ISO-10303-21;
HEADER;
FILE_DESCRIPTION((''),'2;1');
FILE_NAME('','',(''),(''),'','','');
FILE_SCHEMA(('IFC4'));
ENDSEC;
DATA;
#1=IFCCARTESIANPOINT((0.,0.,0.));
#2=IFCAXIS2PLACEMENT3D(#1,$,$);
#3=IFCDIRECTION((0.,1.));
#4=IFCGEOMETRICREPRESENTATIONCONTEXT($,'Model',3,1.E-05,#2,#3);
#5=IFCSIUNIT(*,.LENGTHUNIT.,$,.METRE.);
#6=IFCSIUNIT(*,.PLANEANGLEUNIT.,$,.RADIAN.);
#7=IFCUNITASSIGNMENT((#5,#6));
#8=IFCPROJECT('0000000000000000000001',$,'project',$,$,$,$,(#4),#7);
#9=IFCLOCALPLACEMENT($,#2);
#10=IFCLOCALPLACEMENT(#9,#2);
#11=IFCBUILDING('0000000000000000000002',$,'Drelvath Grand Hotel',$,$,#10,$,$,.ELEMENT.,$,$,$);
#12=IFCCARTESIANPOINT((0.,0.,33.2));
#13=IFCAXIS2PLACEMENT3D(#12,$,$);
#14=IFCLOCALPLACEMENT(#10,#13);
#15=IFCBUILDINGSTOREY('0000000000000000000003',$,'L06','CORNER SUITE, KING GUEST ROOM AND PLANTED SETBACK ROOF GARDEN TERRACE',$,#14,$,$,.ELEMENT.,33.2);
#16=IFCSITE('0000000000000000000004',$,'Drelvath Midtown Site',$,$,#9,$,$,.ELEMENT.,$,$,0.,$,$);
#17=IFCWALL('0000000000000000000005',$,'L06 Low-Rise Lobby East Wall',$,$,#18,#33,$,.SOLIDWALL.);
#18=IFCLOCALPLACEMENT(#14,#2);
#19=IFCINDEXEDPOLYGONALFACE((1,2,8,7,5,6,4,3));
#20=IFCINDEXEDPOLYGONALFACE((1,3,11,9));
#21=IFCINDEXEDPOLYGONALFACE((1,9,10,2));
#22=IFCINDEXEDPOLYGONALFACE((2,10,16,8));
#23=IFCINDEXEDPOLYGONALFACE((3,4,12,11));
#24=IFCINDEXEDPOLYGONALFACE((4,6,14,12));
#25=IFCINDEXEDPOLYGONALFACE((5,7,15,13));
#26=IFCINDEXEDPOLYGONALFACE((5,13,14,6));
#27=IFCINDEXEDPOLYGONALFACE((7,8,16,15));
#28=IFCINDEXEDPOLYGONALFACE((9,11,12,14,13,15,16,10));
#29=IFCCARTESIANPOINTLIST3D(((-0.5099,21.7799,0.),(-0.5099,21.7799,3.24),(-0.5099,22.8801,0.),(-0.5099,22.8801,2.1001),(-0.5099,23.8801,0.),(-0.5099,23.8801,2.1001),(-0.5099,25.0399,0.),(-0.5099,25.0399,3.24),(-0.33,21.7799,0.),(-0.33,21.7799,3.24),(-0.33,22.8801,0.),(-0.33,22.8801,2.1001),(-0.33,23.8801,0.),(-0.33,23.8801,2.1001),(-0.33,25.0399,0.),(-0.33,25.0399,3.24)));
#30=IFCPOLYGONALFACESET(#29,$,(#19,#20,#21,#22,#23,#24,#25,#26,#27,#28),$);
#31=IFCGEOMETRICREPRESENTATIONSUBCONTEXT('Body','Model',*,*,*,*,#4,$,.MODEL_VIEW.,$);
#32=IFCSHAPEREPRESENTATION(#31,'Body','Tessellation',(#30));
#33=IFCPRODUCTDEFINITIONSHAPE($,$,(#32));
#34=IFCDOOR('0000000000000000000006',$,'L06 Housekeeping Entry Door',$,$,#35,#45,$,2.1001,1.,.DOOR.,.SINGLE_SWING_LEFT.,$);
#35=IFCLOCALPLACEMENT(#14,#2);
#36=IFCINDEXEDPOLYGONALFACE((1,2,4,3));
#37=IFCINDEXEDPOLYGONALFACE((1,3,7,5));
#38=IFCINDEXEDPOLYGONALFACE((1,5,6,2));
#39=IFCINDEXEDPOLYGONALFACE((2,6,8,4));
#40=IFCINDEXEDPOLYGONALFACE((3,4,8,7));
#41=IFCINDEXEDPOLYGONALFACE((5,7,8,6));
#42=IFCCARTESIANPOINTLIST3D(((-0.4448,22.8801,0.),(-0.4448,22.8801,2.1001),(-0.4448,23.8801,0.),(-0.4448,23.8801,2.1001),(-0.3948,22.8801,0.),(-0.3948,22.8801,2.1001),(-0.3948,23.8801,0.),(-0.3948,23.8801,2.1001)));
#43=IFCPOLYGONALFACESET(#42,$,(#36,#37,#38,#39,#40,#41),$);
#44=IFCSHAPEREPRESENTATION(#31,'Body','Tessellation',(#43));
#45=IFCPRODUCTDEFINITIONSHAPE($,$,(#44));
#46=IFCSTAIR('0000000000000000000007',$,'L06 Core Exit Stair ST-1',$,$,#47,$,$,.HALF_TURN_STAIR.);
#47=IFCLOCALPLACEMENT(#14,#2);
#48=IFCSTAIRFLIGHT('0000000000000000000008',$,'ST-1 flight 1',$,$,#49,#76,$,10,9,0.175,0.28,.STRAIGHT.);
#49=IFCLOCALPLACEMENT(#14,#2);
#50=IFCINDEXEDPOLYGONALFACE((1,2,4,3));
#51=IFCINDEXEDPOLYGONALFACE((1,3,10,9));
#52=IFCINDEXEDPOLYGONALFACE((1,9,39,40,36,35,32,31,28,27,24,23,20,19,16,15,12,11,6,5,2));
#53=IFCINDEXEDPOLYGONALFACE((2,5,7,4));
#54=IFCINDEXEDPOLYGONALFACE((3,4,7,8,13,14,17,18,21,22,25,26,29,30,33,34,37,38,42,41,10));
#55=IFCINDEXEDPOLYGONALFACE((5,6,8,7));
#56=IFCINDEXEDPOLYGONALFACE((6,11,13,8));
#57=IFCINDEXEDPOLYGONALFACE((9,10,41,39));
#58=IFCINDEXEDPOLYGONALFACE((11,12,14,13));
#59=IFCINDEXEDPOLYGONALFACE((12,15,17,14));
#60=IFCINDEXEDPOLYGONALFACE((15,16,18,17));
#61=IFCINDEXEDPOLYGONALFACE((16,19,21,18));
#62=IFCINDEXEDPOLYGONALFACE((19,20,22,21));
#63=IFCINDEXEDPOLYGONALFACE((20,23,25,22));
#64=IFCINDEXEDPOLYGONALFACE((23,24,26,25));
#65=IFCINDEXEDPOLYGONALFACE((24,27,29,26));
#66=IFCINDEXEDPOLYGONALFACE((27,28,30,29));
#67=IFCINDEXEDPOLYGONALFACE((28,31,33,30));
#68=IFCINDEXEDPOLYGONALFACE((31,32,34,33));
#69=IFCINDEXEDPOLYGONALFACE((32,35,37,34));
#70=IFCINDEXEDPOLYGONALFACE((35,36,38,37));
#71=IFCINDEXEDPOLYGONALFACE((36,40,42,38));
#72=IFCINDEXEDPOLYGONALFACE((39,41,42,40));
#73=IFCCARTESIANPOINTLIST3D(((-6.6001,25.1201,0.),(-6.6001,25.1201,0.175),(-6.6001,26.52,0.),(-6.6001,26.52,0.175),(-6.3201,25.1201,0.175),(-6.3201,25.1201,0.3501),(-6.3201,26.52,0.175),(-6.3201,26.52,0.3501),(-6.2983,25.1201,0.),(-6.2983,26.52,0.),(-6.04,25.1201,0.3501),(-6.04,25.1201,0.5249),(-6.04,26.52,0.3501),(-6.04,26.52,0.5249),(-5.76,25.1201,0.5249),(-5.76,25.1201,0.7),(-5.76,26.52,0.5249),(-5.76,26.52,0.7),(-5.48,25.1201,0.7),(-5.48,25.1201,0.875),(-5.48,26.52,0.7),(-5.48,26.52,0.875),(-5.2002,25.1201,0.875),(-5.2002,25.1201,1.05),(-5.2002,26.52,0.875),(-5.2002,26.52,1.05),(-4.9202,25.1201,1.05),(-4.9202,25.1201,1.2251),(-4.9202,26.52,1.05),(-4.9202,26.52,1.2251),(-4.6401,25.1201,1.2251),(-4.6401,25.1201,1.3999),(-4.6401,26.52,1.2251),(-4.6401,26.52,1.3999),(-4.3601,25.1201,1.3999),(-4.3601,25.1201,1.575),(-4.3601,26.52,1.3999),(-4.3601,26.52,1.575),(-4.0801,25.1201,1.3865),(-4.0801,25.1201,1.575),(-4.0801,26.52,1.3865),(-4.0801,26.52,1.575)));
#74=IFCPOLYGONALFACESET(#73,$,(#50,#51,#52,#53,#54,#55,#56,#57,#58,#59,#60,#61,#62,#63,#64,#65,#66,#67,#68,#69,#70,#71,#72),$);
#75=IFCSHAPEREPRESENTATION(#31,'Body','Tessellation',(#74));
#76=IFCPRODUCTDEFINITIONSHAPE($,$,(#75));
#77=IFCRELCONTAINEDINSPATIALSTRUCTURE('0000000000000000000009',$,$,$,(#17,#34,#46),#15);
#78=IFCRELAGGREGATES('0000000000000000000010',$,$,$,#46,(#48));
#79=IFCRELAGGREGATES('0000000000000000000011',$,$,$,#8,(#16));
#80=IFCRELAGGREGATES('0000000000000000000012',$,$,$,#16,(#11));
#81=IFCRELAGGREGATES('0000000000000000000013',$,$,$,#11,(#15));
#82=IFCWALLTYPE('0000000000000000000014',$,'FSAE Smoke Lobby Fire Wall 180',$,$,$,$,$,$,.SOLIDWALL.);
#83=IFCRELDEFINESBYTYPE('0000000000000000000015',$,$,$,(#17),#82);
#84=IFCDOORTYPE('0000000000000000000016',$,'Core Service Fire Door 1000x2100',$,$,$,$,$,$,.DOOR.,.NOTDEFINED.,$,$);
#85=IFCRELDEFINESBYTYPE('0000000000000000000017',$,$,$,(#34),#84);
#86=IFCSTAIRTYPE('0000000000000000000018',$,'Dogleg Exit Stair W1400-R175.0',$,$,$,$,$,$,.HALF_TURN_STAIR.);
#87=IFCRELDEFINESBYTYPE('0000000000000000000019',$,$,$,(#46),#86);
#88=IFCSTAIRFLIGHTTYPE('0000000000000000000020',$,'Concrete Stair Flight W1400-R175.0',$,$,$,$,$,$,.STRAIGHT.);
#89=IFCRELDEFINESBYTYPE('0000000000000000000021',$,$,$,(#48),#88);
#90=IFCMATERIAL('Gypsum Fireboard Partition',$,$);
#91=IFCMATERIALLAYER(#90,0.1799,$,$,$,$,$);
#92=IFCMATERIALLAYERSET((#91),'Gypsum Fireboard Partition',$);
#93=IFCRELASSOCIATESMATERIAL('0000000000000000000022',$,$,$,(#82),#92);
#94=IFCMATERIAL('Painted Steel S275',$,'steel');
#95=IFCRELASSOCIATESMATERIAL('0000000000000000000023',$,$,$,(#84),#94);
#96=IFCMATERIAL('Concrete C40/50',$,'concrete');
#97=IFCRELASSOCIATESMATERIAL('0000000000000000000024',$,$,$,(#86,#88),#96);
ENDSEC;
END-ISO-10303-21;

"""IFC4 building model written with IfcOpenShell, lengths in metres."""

from ifc_helpers import new_model, si_unit, direction, frame, frame_2d, origin, place, context, subcontext, project, spatial, polyline, rectangle, outline, extrude, material, layer, layer_set, type_object, element, fill, aggregate, save


model = new_model("IFC4")

# Units and contexts
model_context = context("Model", 3, precision=1e-05, world=origin(), true_north=direction((0.0, 1.0)))
body_context = subcontext(model_context, "Body", "Model", "MODEL_VIEW")
ifc_project = project(units=[si_unit("LENGTHUNIT", "METRE"), si_unit("PLANEANGLEUNIT", "RADIAN")], contexts=[model_context])

# Site, building, storey
site_placement = place(None, origin())
site = spatial("IfcSite", under=ifc_project, at=site_placement, Name="Drelvath Midtown Site", CompositionType="ELEMENT", RefElevation=0.0)
building_placement = place(site_placement, origin())
building = spatial("IfcBuilding", under=site, at=building_placement, Name="Drelvath Grand Hotel", CompositionType="ELEMENT")
storey_placement = place(building_placement, frame((0.0, 0.0, 33.2)))
storey = spatial("IfcBuildingStorey", under=building, at=storey_placement, Name="L06", Description="CORNER SUITE, KING GUEST ROOM AND PLANTED SETBACK ROOF GARDEN TERRACE", CompositionType="ELEMENT", Elevation=33.2)

# Shared definitions
ifc_material_1 = material(Name="Concrete C40/50", Category="concrete")

# Shared definitions
ifc_material_2 = material(Name="Gypsum Fireboard Partition")

# Wall, opening, door
ifc_layer_1 = layer(ifc_material_2, 0.1799)
ifc_layer_set_1 = layer_set([ifc_layer_1], Name="Gypsum Fireboard Partition")
wall_type_1 = type_object("IfcWallType", Name="FSAE Smoke Lobby Fire Wall 180", PredefinedType="SOLIDWALL", material=ifc_layer_set_1)
wall_1_placement = place(storey_placement, frame((-0.4199, 21.78, 0.0), z_axis=(0.0, 0.0, 1.0), x_axis=(0.0, 1.0, 0.0)))
wall_1 = element("IfcWall", 1, at=wall_1_placement, inside=storey, type_object=wall_type_1, Name="L06 Low-Rise Lobby East Wall", PredefinedType="SOLIDWALL", context=body_context, shape_type="SweptSolid", body=[
    extrude(rectangle(XDim=3.26, YDim=0.1799, at=frame_2d((1.6299, 0.0))), origin(), (0.0, 0.0, 1.0), 3.24),
])
opening_1_placement = place(wall_1_placement, frame((1.1001, 0.0, 0.0)))
opening_1 = element("IfcOpeningElement", 2, at=opening_1_placement, cuts=wall_1, PredefinedType="OPENING", context=body_context, shape_type="SweptSolid", body=[
    extrude(rectangle(XDim=1.0, YDim=2.1001, at=frame_2d((0.5, 1.05))), frame((0.0, 0.0999, 0.0), z_axis=(0.0, -1.0, 0.0), x_axis=(1.0, 0.0, 0.0)), (0.0, 0.0, 1.0), 0.2),
])
ifc_material_3 = material(Name="Painted Steel S275", Category="steel")
door_type_1 = type_object("IfcDoorType", Name="Core Service Fire Door 1000x2100", OperationType="NOTDEFINED", PredefinedType="DOOR", material=ifc_material_3)
door_1_placement = place(opening_1_placement, origin())
door_1 = element("IfcDoor", 3, at=door_1_placement, inside=storey, type_object=door_type_1, Name="L06 Housekeeping Entry Door", OperationType="SINGLE_SWING_LEFT", OverallHeight=2.1001, OverallWidth=1.0, PredefinedType="DOOR", context=body_context, shape_type="SweptSolid", body=[
    extrude(rectangle(XDim=1.0, YDim=2.1001, at=frame_2d((0.5, 1.05))), frame((0.0, 0.0249, 0.0), z_axis=(0.0, -1.0, 0.0), x_axis=(1.0, 0.0, 0.0)), (0.0, 0.0, 1.0), 0.05),
])
fill(opening_1, door_1)

# Stair, stair flight
stair_type = type_object("IfcStairType", Name="Dogleg Exit Stair W1400-R175.0", PredefinedType="HALF_TURN_STAIR", material=ifc_material_1)
stair_placement = place(storey_placement, origin())
stair = element("IfcStair", 4, at=stair_placement, inside=storey, type_object=stair_type, Name="L06 Core Exit Stair ST-1", PredefinedType="HALF_TURN_STAIR")
stair_flight_type = type_object("IfcStairFlightType", Name="Concrete Stair Flight W1400-R175.0", PredefinedType="STRAIGHT", material=ifc_material_1)
stair_flight_placement = place(storey_placement, frame((-6.6001, 25.8201, 0.0), z_axis=(0.0, 0.0, 1.0), x_axis=(1.0, 0.0, 0.0)))
stair_flight = element("IfcStairFlight", 5, at=stair_flight_placement, type_object=stair_flight_type, Name="ST-1 flight 1", NumberOfRisers=10, NumberOfTreads=9, PredefinedType="STRAIGHT", RiserHeight=0.175, TreadLength=0.28, context=body_context, shape_type="SweptSolid", body=[
    extrude(outline(polyline([(0.0, 0.0), (0.0, 0.175), (0.28, 0.175), (0.28, 0.3501), (0.5601, 0.3501), (0.5601, 0.5249), (0.8401, 0.5249), (0.8401, 0.7), (1.1201, 0.7), (1.1201, 0.875), (1.3999, 0.875), (1.3999, 1.05), (1.6799, 1.05), (1.6799, 1.2251), (1.96, 1.2251), (1.96, 1.3999), (2.24, 1.3999), (2.24, 1.575), (2.52, 1.575), (2.52, 1.75), (2.52, 1.3865), (0.3018, 0.0), (0.0, 0.0)])), frame((0.0, 0.7, 0.0), z_axis=(0.0, -1.0, 0.0), x_axis=(1.0, 0.0, 0.0)), (0.0, 0.0, 1.0), 1.3999),
])
aggregate(stair, [stair_flight])

save(model, "model.ifc")
